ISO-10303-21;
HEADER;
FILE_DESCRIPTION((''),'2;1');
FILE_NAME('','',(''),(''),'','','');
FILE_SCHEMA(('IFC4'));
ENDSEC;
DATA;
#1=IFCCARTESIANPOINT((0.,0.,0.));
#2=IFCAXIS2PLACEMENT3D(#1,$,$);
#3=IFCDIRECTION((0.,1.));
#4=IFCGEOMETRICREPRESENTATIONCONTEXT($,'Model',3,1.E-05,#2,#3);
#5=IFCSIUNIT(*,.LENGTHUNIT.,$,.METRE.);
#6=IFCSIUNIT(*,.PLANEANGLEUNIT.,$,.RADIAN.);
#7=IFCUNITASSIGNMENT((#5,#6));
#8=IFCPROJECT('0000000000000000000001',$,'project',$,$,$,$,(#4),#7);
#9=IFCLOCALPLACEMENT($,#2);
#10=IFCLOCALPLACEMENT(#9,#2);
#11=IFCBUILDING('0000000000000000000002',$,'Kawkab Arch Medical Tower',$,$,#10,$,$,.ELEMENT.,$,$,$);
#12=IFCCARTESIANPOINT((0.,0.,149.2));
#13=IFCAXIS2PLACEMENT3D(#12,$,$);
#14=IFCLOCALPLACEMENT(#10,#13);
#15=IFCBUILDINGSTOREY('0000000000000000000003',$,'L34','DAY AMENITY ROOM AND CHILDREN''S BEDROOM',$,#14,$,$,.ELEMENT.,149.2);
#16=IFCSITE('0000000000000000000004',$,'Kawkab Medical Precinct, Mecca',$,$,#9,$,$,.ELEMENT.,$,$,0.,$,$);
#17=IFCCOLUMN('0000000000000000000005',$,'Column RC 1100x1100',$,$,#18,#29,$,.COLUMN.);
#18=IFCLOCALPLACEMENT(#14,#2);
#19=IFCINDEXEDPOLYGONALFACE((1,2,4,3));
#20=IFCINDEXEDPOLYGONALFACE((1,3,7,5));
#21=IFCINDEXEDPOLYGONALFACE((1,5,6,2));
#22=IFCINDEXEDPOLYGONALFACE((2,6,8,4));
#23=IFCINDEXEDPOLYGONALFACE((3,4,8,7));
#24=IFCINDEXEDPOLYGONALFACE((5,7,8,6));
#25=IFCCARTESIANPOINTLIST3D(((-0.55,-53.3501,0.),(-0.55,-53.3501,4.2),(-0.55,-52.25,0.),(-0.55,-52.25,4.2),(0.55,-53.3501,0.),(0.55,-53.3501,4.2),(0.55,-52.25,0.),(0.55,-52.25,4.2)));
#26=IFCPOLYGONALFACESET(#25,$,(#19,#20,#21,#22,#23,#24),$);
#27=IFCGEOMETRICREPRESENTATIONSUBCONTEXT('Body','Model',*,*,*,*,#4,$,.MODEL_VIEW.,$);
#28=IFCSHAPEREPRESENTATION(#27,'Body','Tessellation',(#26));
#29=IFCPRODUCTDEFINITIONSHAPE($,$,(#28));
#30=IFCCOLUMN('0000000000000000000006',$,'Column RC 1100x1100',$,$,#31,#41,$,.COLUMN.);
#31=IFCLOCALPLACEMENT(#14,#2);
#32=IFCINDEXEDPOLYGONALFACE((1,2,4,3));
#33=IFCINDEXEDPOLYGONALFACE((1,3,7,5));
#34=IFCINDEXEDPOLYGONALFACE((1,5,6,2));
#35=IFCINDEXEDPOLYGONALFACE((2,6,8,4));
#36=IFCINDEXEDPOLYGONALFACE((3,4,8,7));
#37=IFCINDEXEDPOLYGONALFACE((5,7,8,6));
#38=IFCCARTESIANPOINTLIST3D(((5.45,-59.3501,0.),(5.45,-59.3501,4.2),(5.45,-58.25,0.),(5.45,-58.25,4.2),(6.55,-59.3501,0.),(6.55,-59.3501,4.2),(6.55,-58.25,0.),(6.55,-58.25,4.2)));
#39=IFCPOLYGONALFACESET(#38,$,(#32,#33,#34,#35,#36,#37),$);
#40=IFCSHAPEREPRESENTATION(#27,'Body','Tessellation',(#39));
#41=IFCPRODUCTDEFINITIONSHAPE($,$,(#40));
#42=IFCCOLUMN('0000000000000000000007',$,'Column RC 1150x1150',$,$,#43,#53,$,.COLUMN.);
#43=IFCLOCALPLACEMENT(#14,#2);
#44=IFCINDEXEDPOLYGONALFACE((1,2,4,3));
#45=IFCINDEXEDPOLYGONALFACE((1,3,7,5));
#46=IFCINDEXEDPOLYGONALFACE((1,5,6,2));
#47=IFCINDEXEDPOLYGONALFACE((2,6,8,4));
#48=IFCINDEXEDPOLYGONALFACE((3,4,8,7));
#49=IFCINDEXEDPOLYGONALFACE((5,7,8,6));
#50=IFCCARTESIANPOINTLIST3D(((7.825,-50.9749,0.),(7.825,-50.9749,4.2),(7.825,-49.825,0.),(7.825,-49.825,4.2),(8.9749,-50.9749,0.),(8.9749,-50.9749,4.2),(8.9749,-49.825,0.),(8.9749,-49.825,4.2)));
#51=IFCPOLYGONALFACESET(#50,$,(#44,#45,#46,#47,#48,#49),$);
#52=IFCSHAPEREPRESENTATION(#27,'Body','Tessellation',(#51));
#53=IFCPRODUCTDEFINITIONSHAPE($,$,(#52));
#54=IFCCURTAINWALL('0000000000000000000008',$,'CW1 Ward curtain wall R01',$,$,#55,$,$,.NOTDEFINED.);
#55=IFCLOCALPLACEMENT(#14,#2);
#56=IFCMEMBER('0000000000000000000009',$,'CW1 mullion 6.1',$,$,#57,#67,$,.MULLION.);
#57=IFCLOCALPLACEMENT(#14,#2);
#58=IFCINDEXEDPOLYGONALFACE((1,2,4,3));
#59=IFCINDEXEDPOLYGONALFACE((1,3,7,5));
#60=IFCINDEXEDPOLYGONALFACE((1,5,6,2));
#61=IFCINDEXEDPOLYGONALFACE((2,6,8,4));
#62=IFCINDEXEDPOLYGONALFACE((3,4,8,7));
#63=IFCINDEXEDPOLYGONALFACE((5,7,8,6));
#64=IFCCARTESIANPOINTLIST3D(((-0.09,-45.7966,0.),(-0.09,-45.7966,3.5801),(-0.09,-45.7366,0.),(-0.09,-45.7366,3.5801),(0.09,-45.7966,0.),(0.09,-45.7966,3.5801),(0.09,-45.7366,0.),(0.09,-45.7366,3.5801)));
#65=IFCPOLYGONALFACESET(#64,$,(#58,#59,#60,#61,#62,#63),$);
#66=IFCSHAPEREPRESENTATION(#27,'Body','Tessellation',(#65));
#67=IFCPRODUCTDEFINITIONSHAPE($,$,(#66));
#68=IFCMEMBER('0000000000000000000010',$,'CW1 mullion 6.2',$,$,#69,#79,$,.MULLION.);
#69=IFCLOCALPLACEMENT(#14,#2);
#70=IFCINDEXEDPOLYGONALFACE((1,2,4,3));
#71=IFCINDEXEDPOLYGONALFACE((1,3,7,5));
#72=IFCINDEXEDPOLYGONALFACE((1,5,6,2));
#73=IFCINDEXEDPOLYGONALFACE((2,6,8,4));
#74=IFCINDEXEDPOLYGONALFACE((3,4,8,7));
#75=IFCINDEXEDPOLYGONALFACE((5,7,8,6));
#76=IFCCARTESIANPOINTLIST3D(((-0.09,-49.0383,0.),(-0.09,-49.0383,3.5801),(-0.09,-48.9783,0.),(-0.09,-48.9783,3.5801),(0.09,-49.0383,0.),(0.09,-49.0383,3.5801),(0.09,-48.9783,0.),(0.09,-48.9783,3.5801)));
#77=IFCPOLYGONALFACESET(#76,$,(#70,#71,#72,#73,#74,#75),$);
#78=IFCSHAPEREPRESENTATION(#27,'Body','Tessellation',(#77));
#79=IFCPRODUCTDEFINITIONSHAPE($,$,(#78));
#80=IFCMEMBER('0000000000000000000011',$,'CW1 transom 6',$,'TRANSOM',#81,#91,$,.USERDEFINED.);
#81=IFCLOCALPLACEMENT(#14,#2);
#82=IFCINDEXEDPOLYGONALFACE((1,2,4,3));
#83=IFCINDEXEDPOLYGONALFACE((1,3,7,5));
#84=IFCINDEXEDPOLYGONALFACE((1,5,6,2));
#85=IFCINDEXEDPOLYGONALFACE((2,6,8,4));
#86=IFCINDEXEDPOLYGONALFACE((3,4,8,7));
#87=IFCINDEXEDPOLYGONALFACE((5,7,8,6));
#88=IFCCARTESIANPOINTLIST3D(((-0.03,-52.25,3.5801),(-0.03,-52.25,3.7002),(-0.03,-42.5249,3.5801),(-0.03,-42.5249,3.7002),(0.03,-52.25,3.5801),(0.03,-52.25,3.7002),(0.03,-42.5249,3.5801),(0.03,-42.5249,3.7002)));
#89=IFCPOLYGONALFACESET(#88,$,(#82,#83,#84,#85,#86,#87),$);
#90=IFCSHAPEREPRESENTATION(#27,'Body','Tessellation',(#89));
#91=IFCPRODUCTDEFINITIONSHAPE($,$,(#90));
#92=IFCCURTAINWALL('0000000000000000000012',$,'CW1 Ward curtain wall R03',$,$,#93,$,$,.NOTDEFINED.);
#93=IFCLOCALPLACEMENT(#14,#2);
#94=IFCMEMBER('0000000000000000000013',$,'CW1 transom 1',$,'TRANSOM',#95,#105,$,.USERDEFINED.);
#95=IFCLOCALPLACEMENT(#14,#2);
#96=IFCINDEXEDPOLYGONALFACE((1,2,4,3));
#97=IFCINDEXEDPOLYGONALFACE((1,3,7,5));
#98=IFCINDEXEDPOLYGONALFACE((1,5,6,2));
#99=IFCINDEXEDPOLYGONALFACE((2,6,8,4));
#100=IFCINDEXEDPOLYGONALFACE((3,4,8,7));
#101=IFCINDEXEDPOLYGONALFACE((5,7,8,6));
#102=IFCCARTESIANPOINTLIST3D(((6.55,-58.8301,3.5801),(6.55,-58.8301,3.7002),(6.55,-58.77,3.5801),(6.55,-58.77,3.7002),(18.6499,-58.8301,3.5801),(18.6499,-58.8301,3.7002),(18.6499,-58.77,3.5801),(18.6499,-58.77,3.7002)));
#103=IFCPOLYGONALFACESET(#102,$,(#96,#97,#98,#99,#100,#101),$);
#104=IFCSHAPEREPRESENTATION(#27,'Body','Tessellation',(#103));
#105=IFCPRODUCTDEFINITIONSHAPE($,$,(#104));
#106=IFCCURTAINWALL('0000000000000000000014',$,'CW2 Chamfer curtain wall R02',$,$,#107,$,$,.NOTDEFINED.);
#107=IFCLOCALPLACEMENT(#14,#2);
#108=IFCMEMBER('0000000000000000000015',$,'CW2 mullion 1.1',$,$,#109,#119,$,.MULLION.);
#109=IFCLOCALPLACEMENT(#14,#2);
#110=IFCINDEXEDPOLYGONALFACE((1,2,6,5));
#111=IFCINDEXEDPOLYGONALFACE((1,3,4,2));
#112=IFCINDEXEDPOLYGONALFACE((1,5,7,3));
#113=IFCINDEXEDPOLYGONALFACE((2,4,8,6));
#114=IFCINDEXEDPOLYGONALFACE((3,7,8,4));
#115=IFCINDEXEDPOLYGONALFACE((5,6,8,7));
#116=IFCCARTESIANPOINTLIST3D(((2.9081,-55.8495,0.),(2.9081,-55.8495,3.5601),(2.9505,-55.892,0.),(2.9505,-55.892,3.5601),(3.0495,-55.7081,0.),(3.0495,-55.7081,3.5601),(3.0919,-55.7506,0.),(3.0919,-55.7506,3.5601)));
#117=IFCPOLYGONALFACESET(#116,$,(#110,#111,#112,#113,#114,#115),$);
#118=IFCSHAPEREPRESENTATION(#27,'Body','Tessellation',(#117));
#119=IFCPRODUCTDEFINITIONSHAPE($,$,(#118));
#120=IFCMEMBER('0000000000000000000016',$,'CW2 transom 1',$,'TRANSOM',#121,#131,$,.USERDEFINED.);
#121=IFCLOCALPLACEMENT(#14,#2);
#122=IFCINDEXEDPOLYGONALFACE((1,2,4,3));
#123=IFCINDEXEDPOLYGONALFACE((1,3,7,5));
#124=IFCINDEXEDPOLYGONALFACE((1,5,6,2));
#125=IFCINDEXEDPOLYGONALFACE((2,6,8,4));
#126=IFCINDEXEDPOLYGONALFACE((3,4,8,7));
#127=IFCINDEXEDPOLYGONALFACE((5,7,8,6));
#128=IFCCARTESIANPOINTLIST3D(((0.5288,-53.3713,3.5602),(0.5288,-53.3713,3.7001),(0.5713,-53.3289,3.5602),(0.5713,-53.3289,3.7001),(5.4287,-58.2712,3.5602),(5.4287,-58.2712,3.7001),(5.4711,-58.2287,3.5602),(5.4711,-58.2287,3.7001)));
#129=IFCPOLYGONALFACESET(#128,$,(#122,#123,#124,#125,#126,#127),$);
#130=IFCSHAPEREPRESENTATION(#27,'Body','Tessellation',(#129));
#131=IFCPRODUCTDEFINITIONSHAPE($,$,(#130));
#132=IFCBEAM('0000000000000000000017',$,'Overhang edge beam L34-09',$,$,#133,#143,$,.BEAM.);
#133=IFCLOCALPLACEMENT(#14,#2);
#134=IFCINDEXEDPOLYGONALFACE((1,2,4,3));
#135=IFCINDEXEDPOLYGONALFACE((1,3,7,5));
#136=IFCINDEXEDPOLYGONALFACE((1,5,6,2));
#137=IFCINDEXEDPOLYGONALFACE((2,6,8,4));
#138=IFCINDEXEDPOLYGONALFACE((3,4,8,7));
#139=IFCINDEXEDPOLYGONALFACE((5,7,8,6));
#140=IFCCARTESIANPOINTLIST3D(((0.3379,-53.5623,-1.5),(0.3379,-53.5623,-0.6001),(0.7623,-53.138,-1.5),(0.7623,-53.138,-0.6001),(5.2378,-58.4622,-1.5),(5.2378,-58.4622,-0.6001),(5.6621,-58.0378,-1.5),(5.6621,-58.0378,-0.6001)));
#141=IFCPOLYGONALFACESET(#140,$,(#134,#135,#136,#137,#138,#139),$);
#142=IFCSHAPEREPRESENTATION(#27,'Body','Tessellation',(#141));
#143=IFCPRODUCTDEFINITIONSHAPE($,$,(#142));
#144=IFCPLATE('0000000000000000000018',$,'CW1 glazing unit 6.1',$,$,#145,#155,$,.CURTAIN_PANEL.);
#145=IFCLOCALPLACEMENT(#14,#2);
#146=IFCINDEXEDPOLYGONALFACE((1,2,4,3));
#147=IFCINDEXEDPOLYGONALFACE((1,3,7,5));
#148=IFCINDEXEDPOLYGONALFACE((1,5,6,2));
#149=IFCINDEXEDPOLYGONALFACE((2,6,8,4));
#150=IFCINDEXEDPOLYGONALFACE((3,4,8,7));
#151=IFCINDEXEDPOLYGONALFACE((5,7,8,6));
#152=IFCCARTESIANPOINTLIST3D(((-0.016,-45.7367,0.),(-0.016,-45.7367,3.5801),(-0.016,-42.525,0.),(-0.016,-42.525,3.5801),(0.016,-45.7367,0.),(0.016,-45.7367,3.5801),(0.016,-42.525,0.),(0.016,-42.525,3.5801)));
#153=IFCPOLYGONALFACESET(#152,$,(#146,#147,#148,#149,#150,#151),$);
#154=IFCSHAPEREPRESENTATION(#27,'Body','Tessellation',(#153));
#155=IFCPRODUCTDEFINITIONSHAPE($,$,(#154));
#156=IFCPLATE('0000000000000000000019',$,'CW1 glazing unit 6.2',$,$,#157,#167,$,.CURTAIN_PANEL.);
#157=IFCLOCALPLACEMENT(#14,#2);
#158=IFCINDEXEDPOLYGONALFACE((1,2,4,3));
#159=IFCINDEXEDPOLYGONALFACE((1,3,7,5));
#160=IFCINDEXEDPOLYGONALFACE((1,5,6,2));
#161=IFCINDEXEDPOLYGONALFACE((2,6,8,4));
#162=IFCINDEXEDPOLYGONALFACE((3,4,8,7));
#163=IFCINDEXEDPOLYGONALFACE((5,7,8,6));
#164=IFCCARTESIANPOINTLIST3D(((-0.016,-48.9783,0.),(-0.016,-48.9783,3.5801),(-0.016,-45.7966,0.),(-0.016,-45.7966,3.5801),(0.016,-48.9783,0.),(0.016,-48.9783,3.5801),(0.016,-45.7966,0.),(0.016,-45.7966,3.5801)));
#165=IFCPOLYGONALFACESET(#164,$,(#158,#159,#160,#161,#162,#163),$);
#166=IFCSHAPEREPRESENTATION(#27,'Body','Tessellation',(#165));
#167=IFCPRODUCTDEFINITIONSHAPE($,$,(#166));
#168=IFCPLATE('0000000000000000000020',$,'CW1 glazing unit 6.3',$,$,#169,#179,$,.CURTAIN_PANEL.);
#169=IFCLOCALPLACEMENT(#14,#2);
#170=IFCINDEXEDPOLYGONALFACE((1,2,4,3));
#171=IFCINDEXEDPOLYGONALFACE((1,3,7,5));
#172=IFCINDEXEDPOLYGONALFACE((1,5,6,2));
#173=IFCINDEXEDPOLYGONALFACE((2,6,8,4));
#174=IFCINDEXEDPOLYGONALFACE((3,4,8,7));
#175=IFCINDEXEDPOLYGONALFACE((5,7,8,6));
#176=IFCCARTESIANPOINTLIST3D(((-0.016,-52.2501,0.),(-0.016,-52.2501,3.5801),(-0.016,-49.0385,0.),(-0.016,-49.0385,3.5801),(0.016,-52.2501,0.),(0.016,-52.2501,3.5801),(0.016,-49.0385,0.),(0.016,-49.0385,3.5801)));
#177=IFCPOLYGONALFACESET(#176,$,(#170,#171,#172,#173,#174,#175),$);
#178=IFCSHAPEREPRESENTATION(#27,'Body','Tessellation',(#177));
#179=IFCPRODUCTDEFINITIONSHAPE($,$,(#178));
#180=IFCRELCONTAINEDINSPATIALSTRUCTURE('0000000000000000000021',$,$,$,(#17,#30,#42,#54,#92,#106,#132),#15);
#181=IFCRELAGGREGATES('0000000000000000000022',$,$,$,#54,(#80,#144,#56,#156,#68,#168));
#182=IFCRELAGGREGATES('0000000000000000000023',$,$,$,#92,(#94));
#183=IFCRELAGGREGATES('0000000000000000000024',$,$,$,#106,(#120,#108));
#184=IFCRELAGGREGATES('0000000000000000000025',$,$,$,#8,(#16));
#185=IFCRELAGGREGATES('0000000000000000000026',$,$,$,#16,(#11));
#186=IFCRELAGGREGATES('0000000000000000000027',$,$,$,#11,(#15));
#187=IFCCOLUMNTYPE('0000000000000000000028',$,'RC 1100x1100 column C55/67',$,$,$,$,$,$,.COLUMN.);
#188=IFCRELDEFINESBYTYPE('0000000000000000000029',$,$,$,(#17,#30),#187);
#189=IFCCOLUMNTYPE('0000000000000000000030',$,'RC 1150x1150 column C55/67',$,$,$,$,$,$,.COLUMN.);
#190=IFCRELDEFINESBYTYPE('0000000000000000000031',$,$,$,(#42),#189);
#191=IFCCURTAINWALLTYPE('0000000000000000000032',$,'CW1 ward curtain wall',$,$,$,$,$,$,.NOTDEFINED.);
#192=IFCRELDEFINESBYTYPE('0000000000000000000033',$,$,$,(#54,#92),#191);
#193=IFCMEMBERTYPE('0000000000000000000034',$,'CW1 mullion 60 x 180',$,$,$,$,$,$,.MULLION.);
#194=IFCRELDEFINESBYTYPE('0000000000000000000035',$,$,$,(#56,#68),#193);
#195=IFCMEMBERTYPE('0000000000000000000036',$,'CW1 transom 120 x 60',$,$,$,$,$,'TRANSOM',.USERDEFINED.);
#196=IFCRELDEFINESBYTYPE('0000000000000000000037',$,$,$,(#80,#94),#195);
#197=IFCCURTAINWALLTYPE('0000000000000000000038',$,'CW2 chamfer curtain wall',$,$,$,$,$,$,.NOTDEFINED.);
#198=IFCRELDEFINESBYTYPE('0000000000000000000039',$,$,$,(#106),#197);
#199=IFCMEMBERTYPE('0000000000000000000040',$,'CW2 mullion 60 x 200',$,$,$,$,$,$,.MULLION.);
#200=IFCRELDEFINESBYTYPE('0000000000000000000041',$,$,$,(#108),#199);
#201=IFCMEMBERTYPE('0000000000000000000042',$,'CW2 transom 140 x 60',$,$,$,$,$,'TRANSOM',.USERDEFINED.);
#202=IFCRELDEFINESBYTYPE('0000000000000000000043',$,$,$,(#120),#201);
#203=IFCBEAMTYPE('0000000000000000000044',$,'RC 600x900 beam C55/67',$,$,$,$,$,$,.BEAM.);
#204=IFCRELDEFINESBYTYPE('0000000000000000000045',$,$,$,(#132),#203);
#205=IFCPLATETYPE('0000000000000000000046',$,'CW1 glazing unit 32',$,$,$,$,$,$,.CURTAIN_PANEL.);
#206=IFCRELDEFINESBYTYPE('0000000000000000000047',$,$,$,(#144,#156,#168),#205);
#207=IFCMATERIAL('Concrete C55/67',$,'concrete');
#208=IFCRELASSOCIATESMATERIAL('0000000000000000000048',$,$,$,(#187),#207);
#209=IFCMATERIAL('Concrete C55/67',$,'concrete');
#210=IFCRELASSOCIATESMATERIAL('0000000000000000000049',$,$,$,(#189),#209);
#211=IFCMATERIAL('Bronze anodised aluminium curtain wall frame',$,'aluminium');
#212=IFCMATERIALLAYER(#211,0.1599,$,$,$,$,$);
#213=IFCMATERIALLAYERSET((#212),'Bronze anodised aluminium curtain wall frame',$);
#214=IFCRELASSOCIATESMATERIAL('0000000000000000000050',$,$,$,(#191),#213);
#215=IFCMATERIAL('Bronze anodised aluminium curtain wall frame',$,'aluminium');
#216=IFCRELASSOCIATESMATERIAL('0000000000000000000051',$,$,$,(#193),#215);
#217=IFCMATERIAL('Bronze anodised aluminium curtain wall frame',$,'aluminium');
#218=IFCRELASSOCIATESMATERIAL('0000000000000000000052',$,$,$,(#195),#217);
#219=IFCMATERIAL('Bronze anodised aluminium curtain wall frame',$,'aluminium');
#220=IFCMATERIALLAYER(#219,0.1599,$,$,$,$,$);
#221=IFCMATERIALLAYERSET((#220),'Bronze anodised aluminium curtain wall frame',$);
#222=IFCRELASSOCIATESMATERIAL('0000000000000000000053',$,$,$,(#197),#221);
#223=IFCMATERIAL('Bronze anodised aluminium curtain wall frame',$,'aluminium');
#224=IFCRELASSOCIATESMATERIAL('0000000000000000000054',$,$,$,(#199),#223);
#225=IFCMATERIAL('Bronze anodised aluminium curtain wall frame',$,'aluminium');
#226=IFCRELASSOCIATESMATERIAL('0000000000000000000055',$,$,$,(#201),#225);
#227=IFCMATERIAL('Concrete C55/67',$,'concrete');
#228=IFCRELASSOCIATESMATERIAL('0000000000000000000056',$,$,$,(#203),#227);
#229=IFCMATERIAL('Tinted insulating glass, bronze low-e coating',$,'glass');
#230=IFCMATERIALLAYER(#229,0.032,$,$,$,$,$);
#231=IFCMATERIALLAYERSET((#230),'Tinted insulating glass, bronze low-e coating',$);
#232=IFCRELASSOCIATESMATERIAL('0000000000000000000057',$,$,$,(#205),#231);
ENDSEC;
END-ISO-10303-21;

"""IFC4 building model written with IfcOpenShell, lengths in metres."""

from ifc_helpers import new_model, si_unit, direction, frame, origin, origin_2d, place, context, subcontext, project, spatial, rectangle, extrude, material, layer, layer_set, material_profile, profile_set, type_object, element, aggregate, save


model = new_model("IFC4")

# Units and contexts
model_context = context("Model", 3, precision=1e-05, world=origin(), true_north=direction((0.0, 1.0)))
body_context = subcontext(model_context, "Body", "Model", "MODEL_VIEW")
ifc_project = project(units=[si_unit("LENGTHUNIT", "METRE"), si_unit("PLANEANGLEUNIT", "RADIAN")], contexts=[model_context])

# Site, building, storey
site_placement = place(None, origin())
site = spatial("IfcSite", under=ifc_project, at=site_placement, Name="Kawkab Medical Precinct, Mecca", CompositionType="ELEMENT", RefElevation=0.0)
building_placement = place(site_placement, origin())
building = spatial("IfcBuilding", under=site, at=building_placement, Name="Kawkab Arch Medical Tower", CompositionType="ELEMENT")
storey_placement = place(building_placement, frame((0.0, 0.0, 149.2)))
storey = spatial("IfcBuildingStorey", under=building, at=storey_placement, Name="L34", Description="DAY AMENITY ROOM AND CHILDREN'S BEDROOM", CompositionType="ELEMENT", Elevation=149.2)

# Columns
ifc_material_1 = material(Name="Concrete C55/67", Category="concrete")
ifc_material_profile_1 = material_profile(ifc_material_1, rectangle(XDim=1.1001, YDim=1.1001, at=origin_2d()), Name="RC 1100x1100")
ifc_profile_set_1 = profile_set([ifc_material_profile_1], Name="Concrete C55/67")
column_type_1 = type_object("IfcColumnType", Name="RC 1100x1100 column C55/67", PredefinedType="COLUMN", material=ifc_profile_set_1)
for number, where, z_axis, x_axis, name in (
    (1, (0.0, -52.8, 0.0), (0.0, 0.0, 1.0), (1.0, 0.0, 0.0), "Column RC 1100x1100"),
    (2, (6.0, -58.8, 0.0), (0.0, 0.0, 1.0), (1.0, 0.0, 0.0), "Column RC 1100x1100"),
):
    element("IfcColumn", number, at=place(storey_placement, frame(where, z_axis=z_axis, x_axis=x_axis)), inside=storey, type_object=column_type_1, Name=name, PredefinedType="COLUMN", context=body_context, shape_type="SweptSolid", body=[
        extrude(rectangle(XDim=1.1001, YDim=1.1001, at=origin_2d()), origin(), (0.0, 0.0, 1.0), 4.2),
    ])
ifc_material_2 = material(Name="Concrete C55/67", Category="concrete")
ifc_material_profile_2 = material_profile(ifc_material_2, rectangle(XDim=1.1499, YDim=1.1499, at=origin_2d()), Name="RC 1150x1150")
ifc_profile_set_2 = profile_set([ifc_material_profile_2], Name="Concrete C55/67")
column_type_2 = type_object("IfcColumnType", Name="RC 1150x1150 column C55/67", PredefinedType="COLUMN", material=ifc_profile_set_2)
column_placement = place(storey_placement, frame((8.3999, -50.3999, 0.0), z_axis=(0.0, 0.0, 1.0), x_axis=(1.0, 0.0, 0.0)))
element("IfcColumn", 3, at=column_placement, inside=storey, type_object=column_type_2, Name="Column RC 1150x1150", PredefinedType="COLUMN", context=body_context, shape_type="SweptSolid", body=[
    extrude(rectangle(XDim=1.1499, YDim=1.1499, at=origin_2d()), origin(), (0.0, 0.0, 1.0), 4.2),
])

# Curtain wall, members
ifc_material_3 = material(Name="Bronze anodised aluminium curtain wall frame", Category="aluminium")
ifc_layer_1 = layer(ifc_material_3, 0.1599)
ifc_layer_set_1 = layer_set([ifc_layer_1], Name="Bronze anodised aluminium curtain wall frame")
curtain_wall_type_1 = type_object("IfcCurtainWallType", Name="CW1 ward curtain wall", PredefinedType="NOTDEFINED", material=ifc_layer_set_1)
placement = place(storey_placement, origin())
curtain_wall_1 = element("IfcCurtainWall", 4, at=placement, inside=storey, type_object=curtain_wall_type_1, Name="CW1 Ward curtain wall R01", PredefinedType="NOTDEFINED")
ifc_material_4 = material(Name="Bronze anodised aluminium curtain wall frame", Category="aluminium")
ifc_material_profile_3 = material_profile(ifc_material_4, rectangle(XDim=0.1799, YDim=0.0601, at=origin_2d()), Name="AL 60x180")
ifc_profile_set_3 = profile_set([ifc_material_profile_3], Name="Bronze anodised aluminium curtain wall frame")
member_type_1 = type_object("IfcMemberType", Name="CW1 mullion 60 x 180", PredefinedType="MULLION", material=ifc_profile_set_3)
member_1_placement = place(storey_placement, frame((0.0, -45.7666, 0.0), z_axis=(0.0, 0.0, 1.0), x_axis=(1.0, 0.0, 0.0)))
member_1 = element("IfcMember", 5, at=member_1_placement, type_object=member_type_1, Name="CW1 mullion 6.1", PredefinedType="MULLION", context=body_context, shape_type="SweptSolid", body=[
    extrude(rectangle(XDim=0.1799, YDim=0.0601, at=origin_2d()), origin(), (0.0, 0.0, 1.0), 3.5801),
])
member_2_placement = place(storey_placement, frame((0.0, -49.0083, 0.0), z_axis=(0.0, 0.0, 1.0), x_axis=(1.0, 0.0, 0.0)))
member_2 = element("IfcMember", 6, at=member_2_placement, type_object=member_type_1, Name="CW1 mullion 6.2", PredefinedType="MULLION", context=body_context, shape_type="SweptSolid", body=[
    extrude(rectangle(XDim=0.1799, YDim=0.0601, at=origin_2d()), origin(), (0.0, 0.0, 1.0), 3.5801),
])
ifc_material_5 = material(Name="Bronze anodised aluminium curtain wall frame", Category="aluminium")
ifc_material_profile_4 = material_profile(ifc_material_5, rectangle(XDim=0.0601, YDim=0.1201, at=origin_2d()), Name="AL 60x120")
ifc_profile_set_4 = profile_set([ifc_material_profile_4], Name="Bronze anodised aluminium curtain wall frame")
member_type_2 = type_object("IfcMemberType", Name="CW1 transom 120 x 60", ElementType="TRANSOM", PredefinedType="USERDEFINED", material=ifc_profile_set_4)
member_3_placement = place(storey_placement, frame((0.0, -42.5249, 3.6401), z_axis=(0.0, -1.0, 0.0), x_axis=(1.0, 0.0, 0.0)))
member_3 = element("IfcMember", 7, at=member_3_placement, type_object=member_type_2, Name="CW1 transom 6", ObjectType="TRANSOM", PredefinedType="USERDEFINED", context=body_context, shape_type="SweptSolid", body=[
    extrude(rectangle(XDim=0.0601, YDim=0.1201, at=origin_2d()), origin(), (0.0, 0.0, 1.0), 9.7251),
])

# Curtain wall, member
curtain_wall_2 = element("IfcCurtainWall", 8, at=placement, inside=storey, type_object=curtain_wall_type_1, Name="CW1 Ward curtain wall R03", PredefinedType="NOTDEFINED")
member_4_placement = place(storey_placement, frame((6.55, -58.8, 3.6401), z_axis=(1.0, 0.0, 0.0), x_axis=(0.0, 1.0, 0.0)))
member_4 = element("IfcMember", 9, at=member_4_placement, type_object=member_type_2, Name="CW1 transom 1", ObjectType="TRANSOM", PredefinedType="USERDEFINED", context=body_context, shape_type="SweptSolid", body=[
    extrude(rectangle(XDim=0.0601, YDim=0.1201, at=origin_2d()), origin(), (0.0, 0.0, 1.0), 12.0999),
])

# Curtain wall, members
ifc_material_6 = material(Name="Bronze anodised aluminium curtain wall frame", Category="aluminium")
ifc_layer_2 = layer(ifc_material_6, 0.1599)
ifc_layer_set_2 = layer_set([ifc_layer_2], Name="Bronze anodised aluminium curtain wall frame")
curtain_wall_type_2 = type_object("IfcCurtainWallType", Name="CW2 chamfer curtain wall", PredefinedType="NOTDEFINED", material=ifc_layer_set_2)
curtain_wall_3 = element("IfcCurtainWall", 10, at=placement, inside=storey, type_object=curtain_wall_type_2, Name="CW2 Chamfer curtain wall R02", PredefinedType="NOTDEFINED")
ifc_material_7 = material(Name="Bronze anodised aluminium curtain wall frame", Category="aluminium")
ifc_material_profile_5 = material_profile(ifc_material_7, rectangle(XDim=0.2, YDim=0.0601, at=origin_2d()), Name="AL 60x200")
ifc_profile_set_5 = profile_set([ifc_material_profile_5], Name="Bronze anodised aluminium curtain wall frame")
member_type_3 = type_object("IfcMemberType", Name="CW2 mullion 60 x 200", PredefinedType="MULLION", material=ifc_profile_set_5)
member_5_placement = place(storey_placement, frame((3.0, -55.8, 0.0), z_axis=(0.0, 0.0, 1.0), x_axis=(0.707107, 0.707107, 0.0)))
member_5 = element("IfcMember", 11, at=member_5_placement, type_object=member_type_3, Name="CW2 mullion 1.1", PredefinedType="MULLION", context=body_context, shape_type="SweptSolid", body=[
    extrude(rectangle(XDim=0.2, YDim=0.0601, at=origin_2d()), origin(), (0.0, 0.0, 1.0), 3.5601),
])
ifc_material_8 = material(Name="Bronze anodised aluminium curtain wall frame", Category="aluminium")
ifc_material_profile_6 = material_profile(ifc_material_8, rectangle(XDim=0.0601, YDim=0.1399, at=origin_2d()), Name="AL 60x140")
ifc_profile_set_6 = profile_set([ifc_material_profile_6], Name="Bronze anodised aluminium curtain wall frame")
member_type_4 = type_object("IfcMemberType", Name="CW2 transom 140 x 60", ElementType="TRANSOM", PredefinedType="USERDEFINED", material=ifc_profile_set_6)
member_6_placement = place(storey_placement, frame((0.55, -53.3501, 3.6301), z_axis=(0.707107, -0.707107, 0.0), x_axis=(0.707107, 0.707107, 0.0)))
member_6 = element("IfcMember", 12, at=member_6_placement, type_object=member_type_4, Name="CW2 transom 1", ObjectType="TRANSOM", PredefinedType="USERDEFINED", context=body_context, shape_type="SweptSolid", body=[
    extrude(rectangle(XDim=0.0601, YDim=0.1399, at=origin_2d()), origin(), (0.0, 0.0, 1.0), 6.9294),
])

# Beam
ifc_material_9 = material(Name="Concrete C55/67", Category="concrete")
ifc_material_profile_7 = material_profile(ifc_material_9, rectangle(XDim=0.6001, YDim=0.8999, at=origin_2d()), Name="RC 600x900")
ifc_profile_set_7 = profile_set([ifc_material_profile_7], Name="Concrete C55/67")
beam_type = type_object("IfcBeamType", Name="RC 600x900 beam C55/67", PredefinedType="BEAM", material=ifc_profile_set_7)
beam_placement = place(storey_placement, frame((5.45, -58.25, -1.05), z_axis=(-0.707107, 0.707107, 0.0), x_axis=(-0.707107, -0.707107, 0.0)))
element("IfcBeam", 13, at=beam_placement, inside=storey, type_object=beam_type, Name="Overhang edge beam L34-09", PredefinedType="BEAM", context=body_context, shape_type="SweptSolid", body=[
    extrude(rectangle(XDim=0.6001, YDim=0.8999, at=origin_2d()), origin(), (0.0, 0.0, 1.0), 6.9294),
])

# Plates
ifc_material_10 = material(Name="Tinted insulating glass, bronze low-e coating", Category="glass")
ifc_layer_3 = layer(ifc_material_10, 0.032)
ifc_layer_set_3 = layer_set([ifc_layer_3], Name="Tinted insulating glass, bronze low-e coating")
plate_type_1 = type_object("IfcPlateType", Name="CW1 glazing unit 32", PredefinedType="CURTAIN_PANEL", material=ifc_layer_set_3)
plate_1_placement = place(storey_placement, frame((0.0, -44.1309, 0.0), z_axis=(0.0, 0.0, 1.0), x_axis=(0.0, -1.0, 0.0)))
plate_1 = element("IfcPlate", 14, at=plate_1_placement, type_object=plate_type_1, Name="CW1 glazing unit 6.1", PredefinedType="CURTAIN_PANEL", context=body_context, shape_type="SweptSolid", body=[
    extrude(rectangle(XDim=3.2117, YDim=0.032, at=origin_2d()), origin(), (0.0, 0.0, 1.0), 3.5801),
])
plate_2_placement = place(storey_placement, frame((0.0, -47.3875, 0.0), z_axis=(0.0, 0.0, 1.0), x_axis=(0.0, -1.0, 0.0)))
plate_2 = element("IfcPlate", 15, at=plate_2_placement, type_object=plate_type_1, Name="CW1 glazing unit 6.2", PredefinedType="CURTAIN_PANEL", context=body_context, shape_type="SweptSolid", body=[
    extrude(rectangle(XDim=3.1816, YDim=0.032, at=origin_2d()), origin(), (0.0, 0.0, 1.0), 3.5801),
])
plate_3_placement = place(storey_placement, frame((0.0, -50.6443, 0.0), z_axis=(0.0, 0.0, 1.0), x_axis=(0.0, -1.0, 0.0)))
plate_3 = element("IfcPlate", 16, at=plate_3_placement, type_object=plate_type_1, Name="CW1 glazing unit 6.3", PredefinedType="CURTAIN_PANEL", context=body_context, shape_type="SweptSolid", body=[
    extrude(rectangle(XDim=3.2117, YDim=0.032, at=origin_2d()), origin(), (0.0, 0.0, 1.0), 3.5801),
])
aggregate(curtain_wall_1, [member_3, plate_1, member_1, plate_2, member_2, plate_3])
aggregate(curtain_wall_2, [member_4])
aggregate(curtain_wall_3, [member_6, member_5])

save(model, "model.ifc")
